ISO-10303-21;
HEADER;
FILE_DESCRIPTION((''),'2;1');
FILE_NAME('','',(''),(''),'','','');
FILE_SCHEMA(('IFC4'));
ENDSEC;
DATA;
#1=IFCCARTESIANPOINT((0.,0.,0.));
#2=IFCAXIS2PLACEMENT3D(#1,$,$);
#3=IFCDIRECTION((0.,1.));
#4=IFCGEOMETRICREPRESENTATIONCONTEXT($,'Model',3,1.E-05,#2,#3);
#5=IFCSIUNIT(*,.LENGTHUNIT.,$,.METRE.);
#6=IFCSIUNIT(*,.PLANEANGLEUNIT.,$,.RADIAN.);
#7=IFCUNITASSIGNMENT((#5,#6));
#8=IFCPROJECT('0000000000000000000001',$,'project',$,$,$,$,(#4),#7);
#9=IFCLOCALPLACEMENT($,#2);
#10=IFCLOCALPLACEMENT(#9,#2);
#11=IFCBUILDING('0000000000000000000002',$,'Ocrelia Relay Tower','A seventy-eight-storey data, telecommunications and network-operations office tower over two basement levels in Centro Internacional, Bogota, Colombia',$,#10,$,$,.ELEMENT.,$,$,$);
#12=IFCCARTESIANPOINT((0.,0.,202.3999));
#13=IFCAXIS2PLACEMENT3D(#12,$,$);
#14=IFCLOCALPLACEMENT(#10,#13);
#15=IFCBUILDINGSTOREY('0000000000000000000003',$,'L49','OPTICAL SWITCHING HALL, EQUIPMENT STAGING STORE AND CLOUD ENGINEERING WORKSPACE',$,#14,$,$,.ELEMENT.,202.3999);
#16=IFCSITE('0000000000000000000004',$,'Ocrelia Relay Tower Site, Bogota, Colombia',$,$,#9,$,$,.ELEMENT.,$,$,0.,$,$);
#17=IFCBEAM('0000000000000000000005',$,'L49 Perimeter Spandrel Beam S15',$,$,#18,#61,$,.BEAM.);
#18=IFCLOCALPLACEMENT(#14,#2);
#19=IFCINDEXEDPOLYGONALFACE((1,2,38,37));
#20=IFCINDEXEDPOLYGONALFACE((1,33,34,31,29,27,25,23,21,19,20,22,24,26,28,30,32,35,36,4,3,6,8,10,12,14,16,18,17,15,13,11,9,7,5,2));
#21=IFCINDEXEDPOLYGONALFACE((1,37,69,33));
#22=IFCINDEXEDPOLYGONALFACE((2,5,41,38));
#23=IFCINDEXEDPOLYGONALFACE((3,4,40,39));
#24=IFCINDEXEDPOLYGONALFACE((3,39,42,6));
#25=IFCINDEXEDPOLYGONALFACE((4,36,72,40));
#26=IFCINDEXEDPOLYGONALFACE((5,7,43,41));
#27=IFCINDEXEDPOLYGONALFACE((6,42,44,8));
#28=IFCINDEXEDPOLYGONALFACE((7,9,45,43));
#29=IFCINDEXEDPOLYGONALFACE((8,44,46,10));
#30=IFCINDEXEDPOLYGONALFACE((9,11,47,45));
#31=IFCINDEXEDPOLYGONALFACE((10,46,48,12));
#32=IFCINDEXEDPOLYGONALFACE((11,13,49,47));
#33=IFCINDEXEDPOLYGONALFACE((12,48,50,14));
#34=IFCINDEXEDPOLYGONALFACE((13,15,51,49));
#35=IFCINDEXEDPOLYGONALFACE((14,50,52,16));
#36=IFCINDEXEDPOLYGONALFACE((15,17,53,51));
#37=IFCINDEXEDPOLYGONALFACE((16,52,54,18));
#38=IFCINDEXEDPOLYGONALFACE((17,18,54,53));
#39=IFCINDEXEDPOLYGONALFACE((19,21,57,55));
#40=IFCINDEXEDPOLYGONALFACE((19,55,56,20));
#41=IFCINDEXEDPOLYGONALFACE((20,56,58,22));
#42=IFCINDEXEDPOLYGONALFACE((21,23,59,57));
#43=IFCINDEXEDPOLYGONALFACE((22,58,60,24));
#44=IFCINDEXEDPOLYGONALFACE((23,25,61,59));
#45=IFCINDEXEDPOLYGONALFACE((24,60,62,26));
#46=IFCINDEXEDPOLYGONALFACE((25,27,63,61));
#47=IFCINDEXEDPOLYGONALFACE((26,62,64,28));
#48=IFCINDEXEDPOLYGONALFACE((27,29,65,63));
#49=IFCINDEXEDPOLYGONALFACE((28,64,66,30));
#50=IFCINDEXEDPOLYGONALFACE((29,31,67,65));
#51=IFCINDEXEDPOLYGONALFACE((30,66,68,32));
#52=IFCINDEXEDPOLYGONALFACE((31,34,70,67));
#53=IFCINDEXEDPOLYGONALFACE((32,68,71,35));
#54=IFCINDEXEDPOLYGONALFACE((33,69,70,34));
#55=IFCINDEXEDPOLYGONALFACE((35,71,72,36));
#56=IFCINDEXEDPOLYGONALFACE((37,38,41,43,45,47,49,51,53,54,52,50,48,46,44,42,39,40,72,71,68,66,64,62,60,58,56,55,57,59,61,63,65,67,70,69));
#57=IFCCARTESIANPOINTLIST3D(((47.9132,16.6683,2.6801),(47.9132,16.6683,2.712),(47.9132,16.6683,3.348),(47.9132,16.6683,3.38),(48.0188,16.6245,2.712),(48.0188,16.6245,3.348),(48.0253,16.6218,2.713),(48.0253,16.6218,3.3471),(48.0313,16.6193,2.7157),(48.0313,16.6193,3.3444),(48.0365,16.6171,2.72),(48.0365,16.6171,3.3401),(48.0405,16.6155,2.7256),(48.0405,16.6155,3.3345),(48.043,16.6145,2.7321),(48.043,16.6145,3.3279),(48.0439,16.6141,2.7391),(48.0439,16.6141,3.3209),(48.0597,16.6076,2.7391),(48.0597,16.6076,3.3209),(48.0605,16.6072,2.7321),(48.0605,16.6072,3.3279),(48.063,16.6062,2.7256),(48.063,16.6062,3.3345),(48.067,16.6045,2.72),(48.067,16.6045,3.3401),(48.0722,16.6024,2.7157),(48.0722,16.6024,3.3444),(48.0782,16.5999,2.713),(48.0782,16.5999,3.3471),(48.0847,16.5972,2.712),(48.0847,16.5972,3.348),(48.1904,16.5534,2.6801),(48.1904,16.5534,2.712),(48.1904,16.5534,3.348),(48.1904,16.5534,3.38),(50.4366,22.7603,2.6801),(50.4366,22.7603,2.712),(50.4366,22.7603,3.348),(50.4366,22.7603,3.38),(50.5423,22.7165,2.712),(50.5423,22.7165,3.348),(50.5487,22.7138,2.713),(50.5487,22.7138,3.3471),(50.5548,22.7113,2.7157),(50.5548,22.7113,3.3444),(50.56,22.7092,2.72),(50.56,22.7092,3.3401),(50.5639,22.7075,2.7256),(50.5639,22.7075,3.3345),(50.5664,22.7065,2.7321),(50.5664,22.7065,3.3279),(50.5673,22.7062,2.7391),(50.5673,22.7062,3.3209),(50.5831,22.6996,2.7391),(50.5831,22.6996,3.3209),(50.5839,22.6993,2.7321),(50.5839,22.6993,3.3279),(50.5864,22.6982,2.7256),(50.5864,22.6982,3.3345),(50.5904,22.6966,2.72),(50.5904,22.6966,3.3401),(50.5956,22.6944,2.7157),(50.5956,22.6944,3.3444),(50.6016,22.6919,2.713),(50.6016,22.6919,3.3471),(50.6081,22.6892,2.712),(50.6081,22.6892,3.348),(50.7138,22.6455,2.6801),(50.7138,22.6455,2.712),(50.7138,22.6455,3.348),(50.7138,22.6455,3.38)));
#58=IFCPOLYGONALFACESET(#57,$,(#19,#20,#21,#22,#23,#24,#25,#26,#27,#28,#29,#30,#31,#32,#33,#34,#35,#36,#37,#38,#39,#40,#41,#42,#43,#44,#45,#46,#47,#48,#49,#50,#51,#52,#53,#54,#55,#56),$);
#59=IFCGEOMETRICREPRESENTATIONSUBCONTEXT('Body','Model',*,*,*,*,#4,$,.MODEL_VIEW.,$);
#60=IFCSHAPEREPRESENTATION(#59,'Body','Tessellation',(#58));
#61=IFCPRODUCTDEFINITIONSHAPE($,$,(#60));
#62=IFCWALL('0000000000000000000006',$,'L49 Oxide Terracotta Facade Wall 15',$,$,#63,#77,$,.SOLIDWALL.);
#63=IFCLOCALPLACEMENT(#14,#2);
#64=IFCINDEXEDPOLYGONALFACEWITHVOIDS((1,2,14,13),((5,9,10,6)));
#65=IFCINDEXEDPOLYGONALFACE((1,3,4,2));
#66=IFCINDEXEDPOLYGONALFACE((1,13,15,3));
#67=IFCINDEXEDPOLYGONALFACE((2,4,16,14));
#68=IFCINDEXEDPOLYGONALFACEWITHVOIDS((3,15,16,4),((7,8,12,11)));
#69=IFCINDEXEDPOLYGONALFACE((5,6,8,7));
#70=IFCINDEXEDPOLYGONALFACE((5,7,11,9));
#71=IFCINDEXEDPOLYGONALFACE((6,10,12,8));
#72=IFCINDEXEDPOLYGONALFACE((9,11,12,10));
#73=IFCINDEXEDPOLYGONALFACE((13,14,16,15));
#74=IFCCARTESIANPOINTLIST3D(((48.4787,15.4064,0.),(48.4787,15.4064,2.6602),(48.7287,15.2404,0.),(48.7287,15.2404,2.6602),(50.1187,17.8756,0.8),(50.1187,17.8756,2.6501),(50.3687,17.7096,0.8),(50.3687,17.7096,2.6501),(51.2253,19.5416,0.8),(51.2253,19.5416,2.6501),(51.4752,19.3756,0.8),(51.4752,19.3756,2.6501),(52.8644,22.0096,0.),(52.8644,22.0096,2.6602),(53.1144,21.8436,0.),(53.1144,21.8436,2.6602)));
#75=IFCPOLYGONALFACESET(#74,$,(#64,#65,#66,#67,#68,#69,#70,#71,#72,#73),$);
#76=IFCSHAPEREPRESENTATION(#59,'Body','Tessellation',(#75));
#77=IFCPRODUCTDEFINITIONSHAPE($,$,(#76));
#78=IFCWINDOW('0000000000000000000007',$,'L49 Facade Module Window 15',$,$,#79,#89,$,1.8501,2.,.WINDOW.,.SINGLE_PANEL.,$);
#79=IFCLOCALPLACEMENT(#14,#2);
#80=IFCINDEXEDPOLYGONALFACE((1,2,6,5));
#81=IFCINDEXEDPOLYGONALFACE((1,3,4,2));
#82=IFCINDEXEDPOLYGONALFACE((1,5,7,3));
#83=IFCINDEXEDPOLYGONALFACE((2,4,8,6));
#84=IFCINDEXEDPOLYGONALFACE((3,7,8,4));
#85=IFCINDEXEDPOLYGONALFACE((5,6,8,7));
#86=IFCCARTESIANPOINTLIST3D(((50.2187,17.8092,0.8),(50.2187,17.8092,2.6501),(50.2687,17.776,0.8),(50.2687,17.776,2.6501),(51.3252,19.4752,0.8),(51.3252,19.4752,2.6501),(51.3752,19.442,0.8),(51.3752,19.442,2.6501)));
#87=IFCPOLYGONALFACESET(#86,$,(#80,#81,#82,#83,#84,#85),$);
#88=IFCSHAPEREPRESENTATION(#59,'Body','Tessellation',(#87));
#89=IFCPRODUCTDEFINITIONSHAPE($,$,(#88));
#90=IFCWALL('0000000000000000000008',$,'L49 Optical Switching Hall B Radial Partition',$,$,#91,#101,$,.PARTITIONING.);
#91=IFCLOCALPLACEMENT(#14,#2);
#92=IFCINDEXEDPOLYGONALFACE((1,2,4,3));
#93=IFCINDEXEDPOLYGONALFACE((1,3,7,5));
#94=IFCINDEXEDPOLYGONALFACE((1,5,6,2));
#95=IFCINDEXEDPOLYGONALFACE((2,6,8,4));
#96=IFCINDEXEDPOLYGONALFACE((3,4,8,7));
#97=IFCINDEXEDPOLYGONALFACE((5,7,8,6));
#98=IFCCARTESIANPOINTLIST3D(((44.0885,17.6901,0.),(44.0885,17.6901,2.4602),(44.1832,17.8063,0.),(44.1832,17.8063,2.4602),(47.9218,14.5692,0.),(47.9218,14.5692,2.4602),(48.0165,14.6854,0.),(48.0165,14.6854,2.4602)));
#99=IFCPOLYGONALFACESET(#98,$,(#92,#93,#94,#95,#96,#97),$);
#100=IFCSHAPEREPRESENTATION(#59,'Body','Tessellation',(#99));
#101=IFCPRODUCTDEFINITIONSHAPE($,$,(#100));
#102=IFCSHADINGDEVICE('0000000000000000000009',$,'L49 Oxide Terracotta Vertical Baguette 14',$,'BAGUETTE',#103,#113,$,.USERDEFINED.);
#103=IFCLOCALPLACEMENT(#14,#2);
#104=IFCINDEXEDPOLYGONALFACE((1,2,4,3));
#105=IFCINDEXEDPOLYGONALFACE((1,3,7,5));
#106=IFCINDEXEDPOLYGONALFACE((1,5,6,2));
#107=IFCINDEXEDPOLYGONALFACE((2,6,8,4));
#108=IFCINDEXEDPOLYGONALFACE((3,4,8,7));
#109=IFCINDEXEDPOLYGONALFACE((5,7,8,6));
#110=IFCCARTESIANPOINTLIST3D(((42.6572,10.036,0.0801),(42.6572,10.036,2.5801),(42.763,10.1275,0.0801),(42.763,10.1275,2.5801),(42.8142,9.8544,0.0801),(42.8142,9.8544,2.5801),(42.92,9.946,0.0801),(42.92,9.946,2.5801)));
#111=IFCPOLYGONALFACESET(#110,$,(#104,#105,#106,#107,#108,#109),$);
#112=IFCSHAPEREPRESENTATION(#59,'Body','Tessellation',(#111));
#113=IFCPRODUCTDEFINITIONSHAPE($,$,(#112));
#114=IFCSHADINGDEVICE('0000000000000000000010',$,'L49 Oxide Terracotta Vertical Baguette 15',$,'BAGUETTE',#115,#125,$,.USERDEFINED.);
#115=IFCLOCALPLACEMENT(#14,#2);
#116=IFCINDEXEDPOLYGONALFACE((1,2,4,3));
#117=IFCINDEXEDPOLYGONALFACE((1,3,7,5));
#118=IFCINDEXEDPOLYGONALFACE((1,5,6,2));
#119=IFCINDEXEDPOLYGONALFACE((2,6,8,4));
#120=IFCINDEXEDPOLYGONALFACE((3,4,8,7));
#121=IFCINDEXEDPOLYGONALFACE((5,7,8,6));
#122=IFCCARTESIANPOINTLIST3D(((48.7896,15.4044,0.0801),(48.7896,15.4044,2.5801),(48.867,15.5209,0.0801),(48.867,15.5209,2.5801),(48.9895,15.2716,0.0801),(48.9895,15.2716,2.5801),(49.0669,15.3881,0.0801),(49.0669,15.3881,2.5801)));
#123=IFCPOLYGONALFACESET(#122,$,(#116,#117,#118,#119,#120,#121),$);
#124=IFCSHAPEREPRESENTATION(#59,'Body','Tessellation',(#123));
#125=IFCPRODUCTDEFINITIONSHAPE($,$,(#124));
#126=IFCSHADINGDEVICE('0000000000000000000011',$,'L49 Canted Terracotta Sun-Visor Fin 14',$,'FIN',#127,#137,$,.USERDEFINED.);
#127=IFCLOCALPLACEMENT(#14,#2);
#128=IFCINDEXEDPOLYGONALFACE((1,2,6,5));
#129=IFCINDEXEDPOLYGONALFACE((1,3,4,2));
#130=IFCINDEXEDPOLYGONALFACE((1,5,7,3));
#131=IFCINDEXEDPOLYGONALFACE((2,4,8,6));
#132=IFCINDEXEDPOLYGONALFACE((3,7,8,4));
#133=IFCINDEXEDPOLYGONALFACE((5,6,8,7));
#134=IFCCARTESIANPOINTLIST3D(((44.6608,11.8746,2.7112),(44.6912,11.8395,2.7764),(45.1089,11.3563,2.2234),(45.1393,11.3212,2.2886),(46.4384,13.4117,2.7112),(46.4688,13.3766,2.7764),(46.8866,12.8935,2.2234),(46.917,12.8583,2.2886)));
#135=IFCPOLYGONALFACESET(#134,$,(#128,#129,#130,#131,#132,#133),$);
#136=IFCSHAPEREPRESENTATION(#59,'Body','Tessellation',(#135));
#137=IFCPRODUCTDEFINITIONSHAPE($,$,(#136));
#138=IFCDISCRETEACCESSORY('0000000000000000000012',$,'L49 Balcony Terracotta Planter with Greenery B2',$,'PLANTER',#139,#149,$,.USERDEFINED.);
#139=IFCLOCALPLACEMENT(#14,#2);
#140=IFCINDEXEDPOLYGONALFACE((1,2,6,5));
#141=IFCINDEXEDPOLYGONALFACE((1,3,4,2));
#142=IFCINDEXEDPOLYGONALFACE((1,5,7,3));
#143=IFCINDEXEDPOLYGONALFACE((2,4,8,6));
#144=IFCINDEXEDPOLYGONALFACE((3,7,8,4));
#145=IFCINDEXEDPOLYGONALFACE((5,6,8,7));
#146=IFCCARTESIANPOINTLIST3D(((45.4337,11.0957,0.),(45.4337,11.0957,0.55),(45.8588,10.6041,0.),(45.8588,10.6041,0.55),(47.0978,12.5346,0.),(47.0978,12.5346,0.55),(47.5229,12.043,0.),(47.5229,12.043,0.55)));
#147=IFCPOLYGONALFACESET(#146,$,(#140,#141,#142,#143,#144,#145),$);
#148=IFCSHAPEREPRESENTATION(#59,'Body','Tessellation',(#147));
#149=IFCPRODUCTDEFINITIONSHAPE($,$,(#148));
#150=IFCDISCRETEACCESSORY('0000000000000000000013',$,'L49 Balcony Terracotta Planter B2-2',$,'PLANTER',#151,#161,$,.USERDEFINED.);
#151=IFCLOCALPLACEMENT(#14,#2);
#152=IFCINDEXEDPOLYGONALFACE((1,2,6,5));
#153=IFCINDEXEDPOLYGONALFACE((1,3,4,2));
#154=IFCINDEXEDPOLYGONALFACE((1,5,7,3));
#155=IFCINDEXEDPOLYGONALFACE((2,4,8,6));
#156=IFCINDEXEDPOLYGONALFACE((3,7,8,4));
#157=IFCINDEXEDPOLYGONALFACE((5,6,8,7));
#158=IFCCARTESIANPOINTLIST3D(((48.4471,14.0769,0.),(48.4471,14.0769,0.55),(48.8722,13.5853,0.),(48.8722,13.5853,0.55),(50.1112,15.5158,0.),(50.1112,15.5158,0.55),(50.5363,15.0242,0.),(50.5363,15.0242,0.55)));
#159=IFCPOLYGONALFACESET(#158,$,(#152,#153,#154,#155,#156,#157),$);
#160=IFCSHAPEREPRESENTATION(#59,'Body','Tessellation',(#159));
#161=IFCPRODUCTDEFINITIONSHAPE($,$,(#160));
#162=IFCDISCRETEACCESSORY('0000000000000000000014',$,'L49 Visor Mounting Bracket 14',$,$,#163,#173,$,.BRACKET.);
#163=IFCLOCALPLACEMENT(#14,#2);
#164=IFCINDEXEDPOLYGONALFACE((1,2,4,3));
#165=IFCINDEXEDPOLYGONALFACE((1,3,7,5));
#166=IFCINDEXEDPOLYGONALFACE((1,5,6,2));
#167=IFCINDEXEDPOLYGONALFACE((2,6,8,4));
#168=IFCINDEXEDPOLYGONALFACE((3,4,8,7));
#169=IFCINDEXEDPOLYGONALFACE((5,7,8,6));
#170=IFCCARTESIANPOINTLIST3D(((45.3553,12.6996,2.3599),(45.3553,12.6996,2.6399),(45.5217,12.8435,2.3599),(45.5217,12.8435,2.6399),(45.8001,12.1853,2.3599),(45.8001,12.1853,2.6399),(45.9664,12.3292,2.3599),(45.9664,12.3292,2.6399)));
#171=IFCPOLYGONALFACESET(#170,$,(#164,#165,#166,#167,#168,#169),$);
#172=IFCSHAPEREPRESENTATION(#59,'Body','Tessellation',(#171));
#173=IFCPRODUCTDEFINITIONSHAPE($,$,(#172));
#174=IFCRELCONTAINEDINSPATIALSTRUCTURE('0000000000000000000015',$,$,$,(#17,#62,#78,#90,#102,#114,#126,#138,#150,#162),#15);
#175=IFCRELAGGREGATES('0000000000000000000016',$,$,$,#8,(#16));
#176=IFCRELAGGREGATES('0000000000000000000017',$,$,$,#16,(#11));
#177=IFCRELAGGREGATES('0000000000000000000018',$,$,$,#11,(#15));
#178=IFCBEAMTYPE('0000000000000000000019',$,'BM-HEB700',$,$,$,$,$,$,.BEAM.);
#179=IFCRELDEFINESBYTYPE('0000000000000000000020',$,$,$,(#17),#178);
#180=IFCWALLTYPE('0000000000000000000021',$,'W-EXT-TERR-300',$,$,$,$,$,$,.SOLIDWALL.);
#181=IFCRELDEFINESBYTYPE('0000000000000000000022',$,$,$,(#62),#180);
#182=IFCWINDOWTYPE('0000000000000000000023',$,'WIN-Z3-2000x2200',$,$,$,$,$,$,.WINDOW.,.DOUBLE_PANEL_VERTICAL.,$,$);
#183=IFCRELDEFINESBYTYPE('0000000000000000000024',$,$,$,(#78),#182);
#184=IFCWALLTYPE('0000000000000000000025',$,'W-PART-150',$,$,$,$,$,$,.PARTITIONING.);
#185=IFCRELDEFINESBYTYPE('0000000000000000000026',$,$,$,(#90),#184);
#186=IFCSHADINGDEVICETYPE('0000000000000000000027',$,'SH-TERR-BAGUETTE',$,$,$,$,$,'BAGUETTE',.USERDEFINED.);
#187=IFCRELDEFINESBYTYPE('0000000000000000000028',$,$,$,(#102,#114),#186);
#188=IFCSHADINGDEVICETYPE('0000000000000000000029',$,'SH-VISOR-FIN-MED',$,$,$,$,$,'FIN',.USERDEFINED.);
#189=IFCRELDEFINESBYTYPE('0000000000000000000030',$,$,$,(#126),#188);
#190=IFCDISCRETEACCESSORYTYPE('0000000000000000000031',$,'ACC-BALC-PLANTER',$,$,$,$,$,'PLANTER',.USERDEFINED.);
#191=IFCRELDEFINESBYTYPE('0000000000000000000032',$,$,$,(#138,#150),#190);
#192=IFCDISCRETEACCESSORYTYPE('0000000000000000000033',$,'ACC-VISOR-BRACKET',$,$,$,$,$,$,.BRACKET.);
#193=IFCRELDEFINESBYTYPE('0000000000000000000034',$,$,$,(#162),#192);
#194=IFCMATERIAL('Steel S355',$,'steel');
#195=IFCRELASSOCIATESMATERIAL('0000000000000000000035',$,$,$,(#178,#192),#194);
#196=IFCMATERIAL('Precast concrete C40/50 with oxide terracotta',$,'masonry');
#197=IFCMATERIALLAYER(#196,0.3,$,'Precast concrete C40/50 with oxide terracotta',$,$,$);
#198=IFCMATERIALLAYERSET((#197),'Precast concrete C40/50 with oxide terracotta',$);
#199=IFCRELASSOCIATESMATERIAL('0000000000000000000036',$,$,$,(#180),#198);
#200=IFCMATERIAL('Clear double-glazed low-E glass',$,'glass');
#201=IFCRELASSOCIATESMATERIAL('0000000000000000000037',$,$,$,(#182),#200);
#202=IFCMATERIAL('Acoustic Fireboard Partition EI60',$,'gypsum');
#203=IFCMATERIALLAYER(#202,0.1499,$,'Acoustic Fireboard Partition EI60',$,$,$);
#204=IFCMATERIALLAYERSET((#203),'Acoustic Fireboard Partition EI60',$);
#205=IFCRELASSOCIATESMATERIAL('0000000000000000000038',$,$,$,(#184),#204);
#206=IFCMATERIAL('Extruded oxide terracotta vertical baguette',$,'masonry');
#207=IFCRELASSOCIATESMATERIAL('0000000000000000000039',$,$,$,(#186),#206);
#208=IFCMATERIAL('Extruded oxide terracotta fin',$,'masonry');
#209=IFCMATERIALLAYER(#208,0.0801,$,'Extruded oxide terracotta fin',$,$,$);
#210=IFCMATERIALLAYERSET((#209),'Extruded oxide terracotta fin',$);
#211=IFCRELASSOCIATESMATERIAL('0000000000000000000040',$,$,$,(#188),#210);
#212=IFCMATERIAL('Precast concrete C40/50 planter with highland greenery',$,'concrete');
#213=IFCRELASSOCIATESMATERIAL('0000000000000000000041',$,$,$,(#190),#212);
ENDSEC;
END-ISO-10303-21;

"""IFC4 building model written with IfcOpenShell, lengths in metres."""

from ifc_helpers import new_model, si_unit, direction, frame, frame_2d, origin, origin_2d, place, context, subcontext, project, spatial, rectangle, i_section, extrude, material, layer, layer_set, material_profile, profile_set, type_object, element, fill, save


model = new_model("IFC4")

# Units and contexts
model_context = context("Model", 3, precision=1e-05, world=origin(), true_north=direction((0.0, 1.0)))
body_context = subcontext(model_context, "Body", "Model", "MODEL_VIEW")
ifc_project = project(units=[si_unit("LENGTHUNIT", "METRE"), si_unit("PLANEANGLEUNIT", "RADIAN")], contexts=[model_context])

# Site, building, storey
site_placement = place(None, origin())
site = spatial("IfcSite", under=ifc_project, at=site_placement, Name="Ocrelia Relay Tower Site, Bogota, Colombia", CompositionType="ELEMENT", RefElevation=0.0)
building_placement = place(site_placement, origin())
building = spatial("IfcBuilding", under=site, at=building_placement, Name="Ocrelia Relay Tower", Description="A seventy-eight-storey data, telecommunications and network-operations office tower over two basement levels in Centro Internacional, Bogota, Colombia", CompositionType="ELEMENT")
storey_placement = place(building_placement, frame((0.0, 0.0, 202.3999)))
storey = spatial("IfcBuildingStorey", under=building, at=storey_placement, Name="L49", Description="OPTICAL SWITCHING HALL, EQUIPMENT STAGING STORE AND CLOUD ENGINEERING WORKSPACE", CompositionType="ELEMENT", Elevation=202.3999)

# Beam
ifc_material_1 = material(Name="Steel S355", Category="steel")
ifc_material_profile_1 = material_profile(ifc_material_1, i_section(OverallWidth=0.3, OverallDepth=0.7, WebThickness=0.0171, FlangeThickness=0.032, FilletRadius=0.0271, at=origin_2d()), Name="HEB 700")
ifc_profile_set_1 = profile_set([ifc_material_profile_1], Name="Steel S355")
beam_type_1 = type_object("IfcBeamType", Name="BM-HEB700", PredefinedType="BEAM", material=ifc_profile_set_1)
for number, where, z_axis, x_axis, name in (
    (1, (48.0518, 16.6108, 3.03), (0.382688, 0.923878, 0.0), (-0.923878, 0.382688, 0.0), "L49 Perimeter Spandrel Beam S15"),
):
    element("IfcBeam", number, at=place(storey_placement, frame(where, z_axis=z_axis, x_axis=x_axis)), inside=storey, type_object=beam_type_1, Name=name, PredefinedType="BEAM", context=body_context, shape_type="SweptSolid", body=[
        extrude(i_section(OverallWidth=0.3, OverallDepth=0.7, WebThickness=0.0171, FlangeThickness=0.032, FilletRadius=0.0271, at=origin_2d()), origin(), (0.0, 0.0, 1.0), 6.594),
    ])

# Wall, opening, window
ifc_material_2 = material(Name="Precast concrete C40/50 with oxide terracotta", Category="masonry")
ifc_layer_1 = layer(ifc_material_2, 0.3, Name="Precast concrete C40/50 with oxide terracotta")
ifc_layer_set_1 = layer_set([ifc_layer_1], Name="Precast concrete C40/50 with oxide terracotta")
wall_type_1 = type_object("IfcWallType", Name="W-EXT-TERR-300", PredefinedType="SOLIDWALL", material=ifc_layer_set_1)
wall_1_placement = place(storey_placement, frame((48.6038, 15.3235, 0.0), z_axis=(0.0, 0.0, 1.0), x_axis=(0.553264, 0.833006, 0.0)))
wall_1 = element("IfcWall", 2, at=wall_1_placement, inside=storey, type_object=wall_type_1, Name="L49 Oxide Terracotta Facade Wall 15", PredefinedType="SOLIDWALL", context=body_context, shape_type="SweptSolid", body=[
    extrude(rectangle(XDim=7.927, YDim=0.3, at=frame_2d((3.9634, 0.0))), origin(), (0.0, 0.0, 1.0), 2.6602),
])
opening_1_placement = place(wall_1_placement, frame((2.9641, 0.0, 0.8)))
opening_1 = element("IfcOpeningElement", 3, at=opening_1_placement, cuts=wall_1, PredefinedType="OPENING", context=body_context, shape_type="SweptSolid", body=[
    extrude(rectangle(XDim=2.0, YDim=1.8501, at=frame_2d((1.0, 0.925))), frame((0.0, 0.1602, 0.0), z_axis=(0.0, -1.0, 0.0), x_axis=(1.0, 0.0, 0.0)), (0.0, 0.0, 1.0), 0.3201),
])
ifc_material_3 = material(Name="Clear double-glazed low-E glass", Category="glass")
window_type = type_object("IfcWindowType", Name="WIN-Z3-2000x2200", PartitioningType="DOUBLE_PANEL_VERTICAL", PredefinedType="WINDOW", material=ifc_material_3)
window_placement = place(opening_1_placement, origin())
window = element("IfcWindow", 4, at=window_placement, inside=storey, type_object=window_type, Name="L49 Facade Module Window 15", OverallHeight=1.8501, OverallWidth=2.0, PartitioningType="SINGLE_PANEL", PredefinedType="WINDOW", context=body_context, shape_type="SweptSolid", body=[
    extrude(rectangle(XDim=2.0, YDim=1.8501, at=frame_2d((1.0, 0.925))), frame((0.0, 0.03, 0.0), z_axis=(0.0, -1.0, 0.0), x_axis=(1.0, 0.0, 0.0)), (0.0, 0.0, 1.0), 0.0601),
])
fill(opening_1, window)

# Wall
ifc_material_4 = material(Name="Acoustic Fireboard Partition EI60", Category="gypsum")
ifc_layer_2 = layer(ifc_material_4, 0.1499, Name="Acoustic Fireboard Partition EI60")
ifc_layer_set_2 = layer_set([ifc_layer_2], Name="Acoustic Fireboard Partition EI60")
wall_type_2 = type_object("IfcWallType", Name="W-PART-150", PredefinedType="PARTITIONING", material=ifc_layer_set_2)
wall_2_placement = place(storey_placement, frame((44.1357, 17.7483, 0.0), z_axis=(0.0, 0.0, 1.0), x_axis=(0.775487, -0.631364, 0.0)))
element("IfcWall", 5, at=wall_2_placement, inside=storey, type_object=wall_type_2, Name="L49 Optical Switching Hall B Radial Partition", PredefinedType="PARTITIONING", context=body_context, shape_type="SweptSolid", body=[
    extrude(rectangle(XDim=4.9431, YDim=0.1499, at=frame_2d((2.4717, 0.0))), origin(), (0.0, 0.0, 1.0), 2.4602),
])

# Shading devices
ifc_material_5 = material(Name="Extruded oxide terracotta vertical baguette", Category="masonry")
shading_device_type_1 = type_object("IfcShadingDeviceType", Name="SH-TERR-BAGUETTE", ElementType="BAGUETTE", PredefinedType="USERDEFINED", material=ifc_material_5)
for number, where, z_axis, x_axis, name in (
    (6, (42.7886, 9.991, 0.0801), (0.0, 0.0, 1.0), (0.756423, 0.654083, 0.0), "L49 Oxide Terracotta Vertical Baguette 14"),
    (7, (48.9282, 15.3962, 0.0801), (0.0, 0.0, 1.0), (0.553267, 0.833004, 0.0), "L49 Oxide Terracotta Vertical Baguette 15"),
):
    element("IfcShadingDevice", number, at=place(storey_placement, frame(where, z_axis=z_axis, x_axis=x_axis)), inside=storey, type_object=shading_device_type_1, Name=name, ObjectType="BAGUETTE", PredefinedType="USERDEFINED", context=body_context, shape_type="SweptSolid", body=[
        extrude(rectangle(XDim=0.1399, YDim=0.24, at=origin_2d()), origin(), (0.0, 0.0, 1.0), 2.5),
    ])
ifc_material_6 = material(Name="Extruded oxide terracotta fin", Category="masonry")
ifc_layer_3 = layer(ifc_material_6, 0.0801, Name="Extruded oxide terracotta fin")
ifc_layer_set_3 = layer_set([ifc_layer_3], Name="Extruded oxide terracotta fin")
shading_device_type_2 = type_object("IfcShadingDeviceType", Name="SH-VISOR-FIN-MED", ElementType="FIN", PredefinedType="USERDEFINED", material=ifc_layer_set_3)
shading_device_placement = place(storey_placement, frame((45.7737, 12.384, 2.4673), z_axis=(0.379363, -0.43872, 0.814622), x_axis=(0.756423, 0.654083, 0.0)))
element("IfcShadingDevice", 8, at=shading_device_placement, inside=storey, type_object=shading_device_type_2, Name="L49 Canted Terracotta Sun-Visor Fin 14", ObjectType="FIN", PredefinedType="USERDEFINED", context=body_context, shape_type="SweptSolid", body=[
    extrude(rectangle(XDim=2.3501, YDim=0.8411, at=origin_2d()), origin(), (0.0, 0.0, 1.0), 0.0801),
])

# Discrete accessories
ifc_material_7 = material(Name="Precast concrete C40/50 planter with highland greenery", Category="concrete")
discrete_accessory_type_1 = type_object("IfcDiscreteAccessoryType", Name="ACC-BALC-PLANTER", ElementType="PLANTER", PredefinedType="USERDEFINED", material=ifc_material_7)
for number, where, z_axis, x_axis, name in (
    (9, (46.4783, 11.5693, 0.0), (0.0, 0.0, 1.0), (-0.756425, -0.654081, 0.0), "L49 Balcony Terracotta Planter with Greenery B2"),
    (10, (49.4917, 14.5505, 0.0), (0.0, 0.0, 1.0), (-0.756425, -0.654081, 0.0), "L49 Balcony Terracotta Planter B2-2"),
):
    element("IfcDiscreteAccessory", number, at=place(storey_placement, frame(where, z_axis=z_axis, x_axis=x_axis)), inside=storey, type_object=discrete_accessory_type_1, Name=name, ObjectType="PLANTER", PredefinedType="USERDEFINED", context=body_context, shape_type="SweptSolid", body=[
        extrude(rectangle(XDim=2.2, YDim=0.6499, at=origin_2d()), origin(), (0.0, 0.0, 1.0), 0.55),
    ])
discrete_accessory_type_2 = type_object("IfcDiscreteAccessoryType", Name="ACC-VISOR-BRACKET", PredefinedType="BRACKET", material=ifc_material_1)
discrete_accessory_placement = place(storey_placement, frame((45.6609, 12.5144, 2.3599), z_axis=(0.0, 0.0, 1.0), x_axis=(0.756423, 0.654083, 0.0)))
element("IfcDiscreteAccessory", 11, at=discrete_accessory_placement, inside=storey, type_object=discrete_accessory_type_2, Name="L49 Visor Mounting Bracket 14", PredefinedType="BRACKET", context=body_context, shape_type="SweptSolid", body=[
    extrude(rectangle(XDim=0.22, YDim=0.6799, at=origin_2d()), origin(), (0.0, 0.0, 1.0), 0.28),
])

save(model, "model.ifc")
